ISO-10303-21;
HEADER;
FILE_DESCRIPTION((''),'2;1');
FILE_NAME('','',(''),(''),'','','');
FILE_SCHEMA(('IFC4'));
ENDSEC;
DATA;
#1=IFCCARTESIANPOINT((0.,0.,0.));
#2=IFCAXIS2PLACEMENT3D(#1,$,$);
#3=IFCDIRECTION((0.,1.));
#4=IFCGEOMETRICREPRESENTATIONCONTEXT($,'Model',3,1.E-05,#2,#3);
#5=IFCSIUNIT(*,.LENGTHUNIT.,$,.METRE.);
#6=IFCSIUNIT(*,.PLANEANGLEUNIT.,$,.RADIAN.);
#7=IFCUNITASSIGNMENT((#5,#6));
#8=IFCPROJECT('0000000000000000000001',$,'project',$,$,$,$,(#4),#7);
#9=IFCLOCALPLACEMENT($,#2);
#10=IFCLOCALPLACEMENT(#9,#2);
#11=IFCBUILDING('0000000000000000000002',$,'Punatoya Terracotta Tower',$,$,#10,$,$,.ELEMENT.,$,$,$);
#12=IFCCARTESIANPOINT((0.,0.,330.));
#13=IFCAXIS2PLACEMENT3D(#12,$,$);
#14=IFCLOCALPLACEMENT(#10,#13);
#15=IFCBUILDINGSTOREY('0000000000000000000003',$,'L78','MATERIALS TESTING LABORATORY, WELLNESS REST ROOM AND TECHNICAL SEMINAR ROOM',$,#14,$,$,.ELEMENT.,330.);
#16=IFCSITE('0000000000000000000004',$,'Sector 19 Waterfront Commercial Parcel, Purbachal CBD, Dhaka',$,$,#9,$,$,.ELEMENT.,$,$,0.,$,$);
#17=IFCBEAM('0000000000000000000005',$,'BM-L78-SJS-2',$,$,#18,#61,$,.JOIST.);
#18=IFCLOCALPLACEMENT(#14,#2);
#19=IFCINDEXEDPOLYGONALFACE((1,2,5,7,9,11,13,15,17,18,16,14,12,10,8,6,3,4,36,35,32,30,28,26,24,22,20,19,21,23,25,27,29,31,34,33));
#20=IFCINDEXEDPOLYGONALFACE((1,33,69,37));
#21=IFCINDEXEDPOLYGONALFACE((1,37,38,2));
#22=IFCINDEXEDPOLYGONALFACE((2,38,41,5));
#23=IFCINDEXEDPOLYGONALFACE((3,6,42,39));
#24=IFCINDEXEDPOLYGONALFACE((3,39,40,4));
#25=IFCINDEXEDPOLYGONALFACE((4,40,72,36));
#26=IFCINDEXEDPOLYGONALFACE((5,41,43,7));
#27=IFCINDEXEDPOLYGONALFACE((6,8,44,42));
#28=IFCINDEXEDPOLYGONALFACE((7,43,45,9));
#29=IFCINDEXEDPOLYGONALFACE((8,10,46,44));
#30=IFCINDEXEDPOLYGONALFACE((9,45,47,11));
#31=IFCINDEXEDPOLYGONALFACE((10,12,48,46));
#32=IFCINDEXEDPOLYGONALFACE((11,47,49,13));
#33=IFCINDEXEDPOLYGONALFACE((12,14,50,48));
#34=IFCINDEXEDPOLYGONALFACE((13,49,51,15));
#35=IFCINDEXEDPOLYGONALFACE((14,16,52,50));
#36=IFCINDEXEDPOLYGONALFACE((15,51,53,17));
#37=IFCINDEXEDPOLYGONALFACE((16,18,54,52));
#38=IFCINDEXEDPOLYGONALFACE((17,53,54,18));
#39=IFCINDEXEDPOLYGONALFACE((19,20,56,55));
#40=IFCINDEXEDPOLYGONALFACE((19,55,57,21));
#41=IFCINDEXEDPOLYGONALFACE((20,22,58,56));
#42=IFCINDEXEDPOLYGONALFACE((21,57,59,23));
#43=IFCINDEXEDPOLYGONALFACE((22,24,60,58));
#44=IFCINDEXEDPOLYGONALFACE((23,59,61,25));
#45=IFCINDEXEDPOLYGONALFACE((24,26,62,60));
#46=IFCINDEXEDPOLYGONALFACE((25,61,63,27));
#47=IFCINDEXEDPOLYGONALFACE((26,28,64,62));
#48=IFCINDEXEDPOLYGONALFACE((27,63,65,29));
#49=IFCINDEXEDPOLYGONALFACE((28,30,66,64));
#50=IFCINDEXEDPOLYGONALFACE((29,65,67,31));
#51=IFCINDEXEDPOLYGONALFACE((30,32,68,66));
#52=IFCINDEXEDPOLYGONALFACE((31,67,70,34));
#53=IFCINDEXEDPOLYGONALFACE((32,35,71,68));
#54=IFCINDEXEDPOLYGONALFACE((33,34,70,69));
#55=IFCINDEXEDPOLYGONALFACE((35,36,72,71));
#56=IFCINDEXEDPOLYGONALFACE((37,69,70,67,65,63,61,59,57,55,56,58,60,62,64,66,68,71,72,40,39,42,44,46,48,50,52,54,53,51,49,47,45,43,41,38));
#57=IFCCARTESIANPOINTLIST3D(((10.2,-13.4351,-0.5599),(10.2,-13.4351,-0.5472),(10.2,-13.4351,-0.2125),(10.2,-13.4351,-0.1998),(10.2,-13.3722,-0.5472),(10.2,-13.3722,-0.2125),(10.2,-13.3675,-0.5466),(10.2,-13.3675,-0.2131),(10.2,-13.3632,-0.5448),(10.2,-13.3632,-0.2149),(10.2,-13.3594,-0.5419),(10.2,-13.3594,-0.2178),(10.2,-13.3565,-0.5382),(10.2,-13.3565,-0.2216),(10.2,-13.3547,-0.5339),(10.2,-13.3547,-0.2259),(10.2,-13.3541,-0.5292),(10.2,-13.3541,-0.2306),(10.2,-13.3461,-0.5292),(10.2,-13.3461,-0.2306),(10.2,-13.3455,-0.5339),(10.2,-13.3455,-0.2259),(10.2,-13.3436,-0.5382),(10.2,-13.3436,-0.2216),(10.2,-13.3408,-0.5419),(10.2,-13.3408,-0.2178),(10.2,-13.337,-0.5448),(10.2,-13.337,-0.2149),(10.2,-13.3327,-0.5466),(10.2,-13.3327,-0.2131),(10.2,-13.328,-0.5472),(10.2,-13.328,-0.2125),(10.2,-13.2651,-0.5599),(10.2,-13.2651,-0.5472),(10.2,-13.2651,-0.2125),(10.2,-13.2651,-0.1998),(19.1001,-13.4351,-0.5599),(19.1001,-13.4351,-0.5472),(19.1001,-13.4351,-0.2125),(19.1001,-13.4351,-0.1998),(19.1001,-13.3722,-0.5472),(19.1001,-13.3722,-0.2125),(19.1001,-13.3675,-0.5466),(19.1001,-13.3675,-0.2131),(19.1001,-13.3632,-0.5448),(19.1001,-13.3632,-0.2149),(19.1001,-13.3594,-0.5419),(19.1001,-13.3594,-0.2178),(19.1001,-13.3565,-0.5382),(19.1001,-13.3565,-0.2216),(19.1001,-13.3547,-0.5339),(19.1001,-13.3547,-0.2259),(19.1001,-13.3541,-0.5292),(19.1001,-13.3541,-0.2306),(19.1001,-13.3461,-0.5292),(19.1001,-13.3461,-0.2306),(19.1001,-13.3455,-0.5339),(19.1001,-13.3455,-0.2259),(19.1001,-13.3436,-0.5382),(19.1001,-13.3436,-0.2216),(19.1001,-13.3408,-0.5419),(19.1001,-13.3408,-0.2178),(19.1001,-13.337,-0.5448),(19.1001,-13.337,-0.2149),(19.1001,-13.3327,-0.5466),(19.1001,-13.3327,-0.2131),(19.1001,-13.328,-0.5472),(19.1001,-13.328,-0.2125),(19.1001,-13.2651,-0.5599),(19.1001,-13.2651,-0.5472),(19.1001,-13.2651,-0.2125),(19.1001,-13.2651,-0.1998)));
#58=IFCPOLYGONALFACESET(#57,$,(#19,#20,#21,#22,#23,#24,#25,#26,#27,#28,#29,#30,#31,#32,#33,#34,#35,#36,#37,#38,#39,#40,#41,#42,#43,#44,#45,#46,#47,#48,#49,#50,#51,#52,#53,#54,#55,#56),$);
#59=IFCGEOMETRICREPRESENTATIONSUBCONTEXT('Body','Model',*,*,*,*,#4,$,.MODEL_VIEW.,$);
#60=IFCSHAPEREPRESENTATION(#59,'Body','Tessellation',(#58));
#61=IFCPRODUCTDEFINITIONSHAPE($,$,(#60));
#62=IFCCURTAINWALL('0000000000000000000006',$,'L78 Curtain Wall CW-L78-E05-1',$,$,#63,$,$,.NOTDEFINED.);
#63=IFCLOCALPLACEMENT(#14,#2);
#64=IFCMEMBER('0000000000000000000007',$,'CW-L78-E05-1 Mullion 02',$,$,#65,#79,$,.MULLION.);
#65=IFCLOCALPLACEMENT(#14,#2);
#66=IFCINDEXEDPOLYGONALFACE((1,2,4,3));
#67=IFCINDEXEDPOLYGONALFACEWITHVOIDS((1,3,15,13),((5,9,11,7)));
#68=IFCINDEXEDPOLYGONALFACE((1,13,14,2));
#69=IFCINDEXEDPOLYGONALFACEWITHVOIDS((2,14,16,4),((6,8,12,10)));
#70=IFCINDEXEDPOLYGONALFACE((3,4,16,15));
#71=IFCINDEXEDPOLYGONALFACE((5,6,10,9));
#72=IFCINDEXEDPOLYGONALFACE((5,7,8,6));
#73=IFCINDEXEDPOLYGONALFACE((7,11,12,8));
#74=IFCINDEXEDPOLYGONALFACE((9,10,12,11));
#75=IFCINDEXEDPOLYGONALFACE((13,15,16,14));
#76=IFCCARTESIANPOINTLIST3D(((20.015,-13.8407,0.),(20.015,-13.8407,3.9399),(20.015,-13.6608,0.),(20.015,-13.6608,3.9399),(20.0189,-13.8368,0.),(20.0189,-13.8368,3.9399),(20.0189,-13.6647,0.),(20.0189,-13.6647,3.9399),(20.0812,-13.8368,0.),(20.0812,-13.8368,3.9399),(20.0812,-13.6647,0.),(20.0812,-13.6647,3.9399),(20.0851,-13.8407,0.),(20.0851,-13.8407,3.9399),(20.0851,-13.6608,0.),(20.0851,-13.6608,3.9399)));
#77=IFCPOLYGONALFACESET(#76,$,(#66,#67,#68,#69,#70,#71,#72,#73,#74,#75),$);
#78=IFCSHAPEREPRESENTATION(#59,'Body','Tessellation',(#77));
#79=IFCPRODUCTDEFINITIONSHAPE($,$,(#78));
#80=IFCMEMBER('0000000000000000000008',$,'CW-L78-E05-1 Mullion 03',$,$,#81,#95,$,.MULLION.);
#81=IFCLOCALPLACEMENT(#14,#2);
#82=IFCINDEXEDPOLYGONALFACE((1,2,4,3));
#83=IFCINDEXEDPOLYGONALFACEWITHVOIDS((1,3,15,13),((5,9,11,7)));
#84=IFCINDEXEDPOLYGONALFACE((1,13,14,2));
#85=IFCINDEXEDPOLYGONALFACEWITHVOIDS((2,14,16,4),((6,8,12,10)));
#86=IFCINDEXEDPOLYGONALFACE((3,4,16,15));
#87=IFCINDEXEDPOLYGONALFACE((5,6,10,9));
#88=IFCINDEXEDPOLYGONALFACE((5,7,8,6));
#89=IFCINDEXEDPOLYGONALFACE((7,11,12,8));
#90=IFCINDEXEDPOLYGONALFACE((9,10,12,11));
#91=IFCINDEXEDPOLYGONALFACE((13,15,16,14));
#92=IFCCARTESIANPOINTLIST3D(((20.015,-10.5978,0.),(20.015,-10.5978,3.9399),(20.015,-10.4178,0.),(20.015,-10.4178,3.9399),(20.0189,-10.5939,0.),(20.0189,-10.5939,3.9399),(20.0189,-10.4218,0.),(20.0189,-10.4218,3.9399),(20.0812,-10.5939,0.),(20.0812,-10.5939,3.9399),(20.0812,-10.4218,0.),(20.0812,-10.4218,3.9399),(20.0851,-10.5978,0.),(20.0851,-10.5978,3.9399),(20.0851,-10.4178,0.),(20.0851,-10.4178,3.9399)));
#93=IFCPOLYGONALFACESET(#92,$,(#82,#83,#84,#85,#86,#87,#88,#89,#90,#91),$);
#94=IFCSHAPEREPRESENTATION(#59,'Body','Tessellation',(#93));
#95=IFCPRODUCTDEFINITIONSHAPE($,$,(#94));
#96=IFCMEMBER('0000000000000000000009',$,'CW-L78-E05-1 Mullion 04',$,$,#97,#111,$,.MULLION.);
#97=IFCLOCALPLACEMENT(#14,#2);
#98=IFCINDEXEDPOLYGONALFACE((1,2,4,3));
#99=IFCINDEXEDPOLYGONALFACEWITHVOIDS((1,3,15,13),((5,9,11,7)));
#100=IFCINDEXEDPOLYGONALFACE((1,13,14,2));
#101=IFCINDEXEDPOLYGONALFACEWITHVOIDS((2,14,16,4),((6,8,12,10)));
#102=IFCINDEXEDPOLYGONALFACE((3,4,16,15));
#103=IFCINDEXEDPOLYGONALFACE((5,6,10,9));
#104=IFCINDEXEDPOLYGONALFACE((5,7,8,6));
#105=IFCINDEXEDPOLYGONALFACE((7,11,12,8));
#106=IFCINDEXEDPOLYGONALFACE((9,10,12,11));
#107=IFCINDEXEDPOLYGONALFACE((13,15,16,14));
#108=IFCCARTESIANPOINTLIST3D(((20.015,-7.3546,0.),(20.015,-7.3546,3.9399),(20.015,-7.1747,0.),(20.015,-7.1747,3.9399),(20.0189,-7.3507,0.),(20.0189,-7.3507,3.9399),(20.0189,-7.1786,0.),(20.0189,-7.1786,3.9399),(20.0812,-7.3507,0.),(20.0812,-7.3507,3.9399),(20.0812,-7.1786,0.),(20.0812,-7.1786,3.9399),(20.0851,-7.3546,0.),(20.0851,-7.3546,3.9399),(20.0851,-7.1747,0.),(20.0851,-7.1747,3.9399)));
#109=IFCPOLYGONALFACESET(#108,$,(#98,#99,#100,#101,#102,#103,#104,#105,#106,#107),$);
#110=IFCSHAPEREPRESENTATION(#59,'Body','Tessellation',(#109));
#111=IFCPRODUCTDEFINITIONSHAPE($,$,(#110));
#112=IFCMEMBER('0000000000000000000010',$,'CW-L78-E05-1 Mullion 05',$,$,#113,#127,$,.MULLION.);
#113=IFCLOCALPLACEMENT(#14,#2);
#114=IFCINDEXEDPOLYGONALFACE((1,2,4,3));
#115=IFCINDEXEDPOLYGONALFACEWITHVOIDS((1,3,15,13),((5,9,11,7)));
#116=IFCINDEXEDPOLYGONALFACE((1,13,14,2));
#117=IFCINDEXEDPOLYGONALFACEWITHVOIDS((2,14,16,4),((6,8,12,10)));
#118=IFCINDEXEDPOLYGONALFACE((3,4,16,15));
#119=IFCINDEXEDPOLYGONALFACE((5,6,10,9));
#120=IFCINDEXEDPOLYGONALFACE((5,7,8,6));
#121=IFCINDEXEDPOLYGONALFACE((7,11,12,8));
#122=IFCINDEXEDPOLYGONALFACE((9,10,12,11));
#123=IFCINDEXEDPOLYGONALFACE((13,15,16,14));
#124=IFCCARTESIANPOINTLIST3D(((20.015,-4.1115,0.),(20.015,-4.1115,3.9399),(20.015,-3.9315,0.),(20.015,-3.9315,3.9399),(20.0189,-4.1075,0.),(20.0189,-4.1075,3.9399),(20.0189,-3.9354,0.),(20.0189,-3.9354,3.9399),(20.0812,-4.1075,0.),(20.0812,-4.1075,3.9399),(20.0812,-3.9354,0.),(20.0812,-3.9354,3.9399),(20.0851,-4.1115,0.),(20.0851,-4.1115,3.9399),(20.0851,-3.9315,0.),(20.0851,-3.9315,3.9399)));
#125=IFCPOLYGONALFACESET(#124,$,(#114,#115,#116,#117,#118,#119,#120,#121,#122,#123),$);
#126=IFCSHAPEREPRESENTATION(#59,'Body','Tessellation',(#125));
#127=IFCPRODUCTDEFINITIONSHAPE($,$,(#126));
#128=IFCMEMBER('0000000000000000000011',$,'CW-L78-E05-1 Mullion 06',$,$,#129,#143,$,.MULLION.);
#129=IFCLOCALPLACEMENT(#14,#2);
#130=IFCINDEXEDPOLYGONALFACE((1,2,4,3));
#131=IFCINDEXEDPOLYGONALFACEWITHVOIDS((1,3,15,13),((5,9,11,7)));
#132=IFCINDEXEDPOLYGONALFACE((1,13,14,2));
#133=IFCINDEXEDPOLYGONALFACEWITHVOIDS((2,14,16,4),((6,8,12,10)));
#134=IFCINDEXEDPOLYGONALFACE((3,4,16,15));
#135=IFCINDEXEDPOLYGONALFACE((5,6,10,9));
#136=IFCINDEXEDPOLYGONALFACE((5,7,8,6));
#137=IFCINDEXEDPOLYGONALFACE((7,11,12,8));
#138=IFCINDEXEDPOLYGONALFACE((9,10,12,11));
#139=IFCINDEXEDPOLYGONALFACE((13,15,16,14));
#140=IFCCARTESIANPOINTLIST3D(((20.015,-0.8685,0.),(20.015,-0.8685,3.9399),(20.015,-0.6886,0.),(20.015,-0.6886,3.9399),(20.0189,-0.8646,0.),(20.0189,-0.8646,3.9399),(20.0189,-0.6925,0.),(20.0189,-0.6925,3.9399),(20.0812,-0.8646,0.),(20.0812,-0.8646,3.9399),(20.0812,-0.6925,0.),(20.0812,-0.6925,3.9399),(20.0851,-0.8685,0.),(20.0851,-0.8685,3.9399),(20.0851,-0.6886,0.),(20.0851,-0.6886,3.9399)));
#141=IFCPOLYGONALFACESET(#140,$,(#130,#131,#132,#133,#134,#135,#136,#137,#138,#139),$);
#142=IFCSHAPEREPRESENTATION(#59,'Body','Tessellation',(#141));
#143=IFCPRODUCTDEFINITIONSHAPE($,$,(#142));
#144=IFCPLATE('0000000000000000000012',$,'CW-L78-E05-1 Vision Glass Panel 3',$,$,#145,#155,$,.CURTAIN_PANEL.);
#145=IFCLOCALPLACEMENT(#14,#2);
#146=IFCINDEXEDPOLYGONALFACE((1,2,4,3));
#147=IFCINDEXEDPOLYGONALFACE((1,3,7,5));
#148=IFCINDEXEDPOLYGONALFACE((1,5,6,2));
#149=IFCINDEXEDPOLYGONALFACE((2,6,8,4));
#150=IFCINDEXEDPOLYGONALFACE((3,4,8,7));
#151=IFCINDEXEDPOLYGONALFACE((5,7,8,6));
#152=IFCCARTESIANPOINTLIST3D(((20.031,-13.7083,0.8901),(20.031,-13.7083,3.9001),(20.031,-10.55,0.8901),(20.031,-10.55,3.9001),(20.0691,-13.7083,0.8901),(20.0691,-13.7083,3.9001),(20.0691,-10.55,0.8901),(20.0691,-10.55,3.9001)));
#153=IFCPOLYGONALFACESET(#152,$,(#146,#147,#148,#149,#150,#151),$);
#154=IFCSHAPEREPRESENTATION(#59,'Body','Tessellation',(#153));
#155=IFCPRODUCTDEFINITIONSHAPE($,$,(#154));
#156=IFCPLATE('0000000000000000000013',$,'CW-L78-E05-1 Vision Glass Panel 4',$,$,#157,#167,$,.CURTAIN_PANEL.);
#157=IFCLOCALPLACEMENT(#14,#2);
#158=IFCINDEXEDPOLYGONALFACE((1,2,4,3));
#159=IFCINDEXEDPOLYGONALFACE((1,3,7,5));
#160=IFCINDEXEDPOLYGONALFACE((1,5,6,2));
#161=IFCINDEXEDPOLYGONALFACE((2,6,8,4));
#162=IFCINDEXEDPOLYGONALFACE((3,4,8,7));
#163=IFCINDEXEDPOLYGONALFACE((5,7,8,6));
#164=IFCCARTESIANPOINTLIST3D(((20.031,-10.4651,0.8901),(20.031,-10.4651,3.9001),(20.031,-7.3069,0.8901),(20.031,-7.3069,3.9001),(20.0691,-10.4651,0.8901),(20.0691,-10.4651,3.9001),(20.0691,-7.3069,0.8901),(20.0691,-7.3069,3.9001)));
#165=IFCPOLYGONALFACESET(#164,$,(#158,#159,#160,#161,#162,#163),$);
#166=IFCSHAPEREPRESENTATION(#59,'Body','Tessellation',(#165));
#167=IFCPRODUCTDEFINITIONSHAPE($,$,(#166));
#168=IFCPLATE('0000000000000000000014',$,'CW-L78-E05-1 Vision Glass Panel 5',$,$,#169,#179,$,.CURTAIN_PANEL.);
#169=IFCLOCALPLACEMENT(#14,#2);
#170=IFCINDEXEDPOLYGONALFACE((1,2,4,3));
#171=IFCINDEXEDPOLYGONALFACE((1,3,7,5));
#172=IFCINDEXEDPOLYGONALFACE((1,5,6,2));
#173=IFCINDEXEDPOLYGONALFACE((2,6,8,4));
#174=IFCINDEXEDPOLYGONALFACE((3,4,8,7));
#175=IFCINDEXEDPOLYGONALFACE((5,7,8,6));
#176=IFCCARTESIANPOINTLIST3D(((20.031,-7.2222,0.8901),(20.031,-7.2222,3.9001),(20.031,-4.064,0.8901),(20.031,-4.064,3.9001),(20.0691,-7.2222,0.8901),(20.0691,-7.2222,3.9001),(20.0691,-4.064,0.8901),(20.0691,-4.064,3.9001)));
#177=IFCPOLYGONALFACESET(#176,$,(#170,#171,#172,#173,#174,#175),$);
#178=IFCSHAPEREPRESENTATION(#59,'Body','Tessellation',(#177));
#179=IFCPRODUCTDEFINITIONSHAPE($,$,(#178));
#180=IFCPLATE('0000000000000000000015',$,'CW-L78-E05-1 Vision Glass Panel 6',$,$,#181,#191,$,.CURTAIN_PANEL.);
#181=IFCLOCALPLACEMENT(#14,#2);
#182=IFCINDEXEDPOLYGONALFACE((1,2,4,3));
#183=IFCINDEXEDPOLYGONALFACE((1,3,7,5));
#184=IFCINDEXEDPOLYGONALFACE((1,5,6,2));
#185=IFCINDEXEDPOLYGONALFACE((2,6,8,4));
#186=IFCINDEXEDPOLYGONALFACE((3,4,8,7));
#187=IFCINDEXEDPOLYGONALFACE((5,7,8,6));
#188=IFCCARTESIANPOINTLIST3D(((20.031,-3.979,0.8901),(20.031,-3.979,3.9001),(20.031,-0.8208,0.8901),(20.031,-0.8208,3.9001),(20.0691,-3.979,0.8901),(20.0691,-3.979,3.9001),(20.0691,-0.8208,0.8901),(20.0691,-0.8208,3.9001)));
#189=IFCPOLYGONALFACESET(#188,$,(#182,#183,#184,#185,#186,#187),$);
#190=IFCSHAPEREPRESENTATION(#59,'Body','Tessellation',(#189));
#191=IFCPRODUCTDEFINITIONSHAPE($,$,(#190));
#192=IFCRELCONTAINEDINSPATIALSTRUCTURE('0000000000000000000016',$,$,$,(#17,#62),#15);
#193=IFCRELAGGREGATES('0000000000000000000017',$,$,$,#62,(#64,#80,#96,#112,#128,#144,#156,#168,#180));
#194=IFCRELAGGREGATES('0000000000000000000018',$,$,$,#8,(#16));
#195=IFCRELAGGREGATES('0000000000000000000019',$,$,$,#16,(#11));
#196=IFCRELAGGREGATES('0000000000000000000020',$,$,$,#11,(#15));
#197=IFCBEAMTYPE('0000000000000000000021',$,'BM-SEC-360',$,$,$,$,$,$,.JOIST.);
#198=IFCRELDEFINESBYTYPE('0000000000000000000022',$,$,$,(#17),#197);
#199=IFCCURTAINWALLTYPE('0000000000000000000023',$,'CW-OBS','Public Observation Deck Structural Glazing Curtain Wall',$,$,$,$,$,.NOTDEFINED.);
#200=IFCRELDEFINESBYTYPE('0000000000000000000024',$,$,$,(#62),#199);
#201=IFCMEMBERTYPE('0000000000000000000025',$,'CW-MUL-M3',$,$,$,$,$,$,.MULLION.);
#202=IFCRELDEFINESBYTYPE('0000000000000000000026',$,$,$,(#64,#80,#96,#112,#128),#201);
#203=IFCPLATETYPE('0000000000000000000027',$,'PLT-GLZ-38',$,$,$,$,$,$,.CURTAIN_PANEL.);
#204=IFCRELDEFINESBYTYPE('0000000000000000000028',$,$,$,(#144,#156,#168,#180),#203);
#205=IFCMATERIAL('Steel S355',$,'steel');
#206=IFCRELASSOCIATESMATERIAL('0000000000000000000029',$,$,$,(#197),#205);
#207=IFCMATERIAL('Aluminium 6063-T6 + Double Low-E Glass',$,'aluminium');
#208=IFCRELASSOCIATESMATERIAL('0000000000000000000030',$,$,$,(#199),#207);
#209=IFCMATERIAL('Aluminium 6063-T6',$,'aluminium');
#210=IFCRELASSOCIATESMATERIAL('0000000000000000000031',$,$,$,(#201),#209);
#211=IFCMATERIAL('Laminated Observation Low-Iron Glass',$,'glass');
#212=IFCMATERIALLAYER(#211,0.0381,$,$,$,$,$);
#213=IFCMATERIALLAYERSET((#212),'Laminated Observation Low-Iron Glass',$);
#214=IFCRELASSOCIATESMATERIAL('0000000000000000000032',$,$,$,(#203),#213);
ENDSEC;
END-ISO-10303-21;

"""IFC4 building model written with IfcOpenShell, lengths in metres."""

from ifc_helpers import new_model, si_unit, direction, frame, origin, origin_2d, place, context, subcontext, project, spatial, rectangle, hollow_rectangle, i_section, extrude, material, layer, layer_set, material_profile, profile_set, type_object, element, aggregate, save


model = new_model("IFC4")

# Units and contexts
model_context = context("Model", 3, precision=1e-05, world=origin(), true_north=direction((0.0, 1.0)))
body_context = subcontext(model_context, "Body", "Model", "MODEL_VIEW")
ifc_project = project(units=[si_unit("LENGTHUNIT", "METRE"), si_unit("PLANEANGLEUNIT", "RADIAN")], contexts=[model_context])

# Site, building, storey
site_placement = place(None, origin())
site = spatial("IfcSite", under=ifc_project, at=site_placement, Name="Sector 19 Waterfront Commercial Parcel, Purbachal CBD, Dhaka", CompositionType="ELEMENT", RefElevation=0.0)
building_placement = place(site_placement, origin())
building = spatial("IfcBuilding", under=site, at=building_placement, Name="Punatoya Terracotta Tower", CompositionType="ELEMENT")
storey_placement = place(building_placement, frame((0.0, 0.0, 330.0)))
storey = spatial("IfcBuildingStorey", under=building, at=storey_placement, Name="L78", Description="MATERIALS TESTING LABORATORY, WELLNESS REST ROOM AND TECHNICAL SEMINAR ROOM", CompositionType="ELEMENT", Elevation=330.0)

# Beam
ifc_material_1 = material(Name="Steel S355", Category="steel")
ifc_material_profile_1 = material_profile(ifc_material_1, i_section(OverallWidth=0.1699, OverallDepth=0.3601, WebThickness=0.0081, FlangeThickness=0.0127, FilletRadius=0.0181, at=origin_2d()))
ifc_profile_set_1 = profile_set([ifc_material_profile_1], Name="Steel S355")
beam_type_1 = type_object("IfcBeamType", Name="BM-SEC-360", PredefinedType="JOIST", material=ifc_profile_set_1)
beam_1_placement = place(storey_placement, frame((10.2, -13.3501, -0.3799), z_axis=(1.0, 0.0, 0.0), x_axis=(0.0, 1.0, 0.0)))
element("IfcBeam", 1, at=beam_1_placement, inside=storey, type_object=beam_type_1, Name="BM-L78-SJS-2", PredefinedType="JOIST", context=body_context, shape_type="SweptSolid", body=[
    extrude(i_section(OverallWidth=0.1699, OverallDepth=0.3601, WebThickness=0.0081, FlangeThickness=0.0127, FilletRadius=0.0181, at=origin_2d()), origin(), (0.0, 0.0, 1.0), 8.9001),
])

# Curtain wall, members, plates
ifc_material_2 = material(Name="Aluminium 6063-T6 + Double Low-E Glass", Category="aluminium")
curtain_wall_type = type_object("IfcCurtainWallType", Name="CW-OBS", Description="Public Observation Deck Structural Glazing Curtain Wall", PredefinedType="NOTDEFINED", material=ifc_material_2)
curtain_wall_placement = place(storey_placement, origin())
curtain_wall = element("IfcCurtainWall", 2, at=curtain_wall_placement, inside=storey, type_object=curtain_wall_type, Name="L78 Curtain Wall CW-L78-E05-1", PredefinedType="NOTDEFINED")
ifc_material_3 = material(Name="Aluminium 6063-T6", Category="aluminium")
ifc_material_profile_2 = material_profile(ifc_material_3, hollow_rectangle(XDim=0.0701, YDim=0.1799, WallThickness=0.0039, at=origin_2d()))
ifc_profile_set_2 = profile_set([ifc_material_profile_2], Name="Aluminium 6063-T6")
member_type = type_object("IfcMemberType", Name="CW-MUL-M3", PredefinedType="MULLION", material=ifc_profile_set_2)
member_1_placement = place(storey_placement, frame((20.05, -13.7507, 0.0), z_axis=(0.0, 0.0, 1.0), x_axis=(1.0, 0.0, 0.0)))
member_1 = element("IfcMember", 3, at=member_1_placement, type_object=member_type, Name="CW-L78-E05-1 Mullion 02", PredefinedType="MULLION", context=body_context, shape_type="SweptSolid", body=[
    extrude(hollow_rectangle(XDim=0.0701, YDim=0.1799, WallThickness=0.0039, at=origin_2d()), origin(), (0.0, 0.0, 1.0), 3.9399),
])
member_2_placement = place(storey_placement, frame((20.05, -10.5078, 0.0), z_axis=(0.0, 0.0, 1.0), x_axis=(1.0, 0.0, 0.0)))
member_2 = element("IfcMember", 4, at=member_2_placement, type_object=member_type, Name="CW-L78-E05-1 Mullion 03", PredefinedType="MULLION", context=body_context, shape_type="SweptSolid", body=[
    extrude(hollow_rectangle(XDim=0.0701, YDim=0.1799, WallThickness=0.0039, at=origin_2d()), origin(), (0.0, 0.0, 1.0), 3.9399),
])
member_3_placement = place(storey_placement, frame((20.05, -7.2646, 0.0), z_axis=(0.0, 0.0, 1.0), x_axis=(1.0, 0.0, 0.0)))
member_3 = element("IfcMember", 5, at=member_3_placement, type_object=member_type, Name="CW-L78-E05-1 Mullion 04", PredefinedType="MULLION", context=body_context, shape_type="SweptSolid", body=[
    extrude(hollow_rectangle(XDim=0.0701, YDim=0.1799, WallThickness=0.0039, at=origin_2d()), origin(), (0.0, 0.0, 1.0), 3.9399),
])
member_4_placement = place(storey_placement, frame((20.05, -4.0215, 0.0), z_axis=(0.0, 0.0, 1.0), x_axis=(1.0, 0.0, 0.0)))
member_4 = element("IfcMember", 6, at=member_4_placement, type_object=member_type, Name="CW-L78-E05-1 Mullion 05", PredefinedType="MULLION", context=body_context, shape_type="SweptSolid", body=[
    extrude(hollow_rectangle(XDim=0.0701, YDim=0.1799, WallThickness=0.0039, at=origin_2d()), origin(), (0.0, 0.0, 1.0), 3.9399),
])
member_5_placement = place(storey_placement, frame((20.05, -0.7786, 0.0), z_axis=(0.0, 0.0, 1.0), x_axis=(1.0, 0.0, 0.0)))
member_5 = element("IfcMember", 7, at=member_5_placement, type_object=member_type, Name="CW-L78-E05-1 Mullion 06", PredefinedType="MULLION", context=body_context, shape_type="SweptSolid", body=[
    extrude(hollow_rectangle(XDim=0.0701, YDim=0.1799, WallThickness=0.0039, at=origin_2d()), origin(), (0.0, 0.0, 1.0), 3.9399),
])
ifc_material_4 = material(Name="Laminated Observation Low-Iron Glass", Category="glass")
ifc_layer_1 = layer(ifc_material_4, 0.0381)
ifc_layer_set_1 = layer_set([ifc_layer_1], Name="Laminated Observation Low-Iron Glass")
plate_type_1 = type_object("IfcPlateType", Name="PLT-GLZ-38", PredefinedType="CURTAIN_PANEL", material=ifc_layer_set_1)
plate_1_placement = place(storey_placement, frame((20.05, -12.1292, 0.8901), z_axis=(0.0, 0.0, 1.0), x_axis=(0.0, 1.0, 0.0)))
plate_1 = element("IfcPlate", 8, at=plate_1_placement, type_object=plate_type_1, Name="CW-L78-E05-1 Vision Glass Panel 3", PredefinedType="CURTAIN_PANEL", context=body_context, shape_type="SweptSolid", body=[
    extrude(rectangle(XDim=3.1582, YDim=0.0381, at=origin_2d()), origin(), (0.0, 0.0, 1.0), 3.01),
])
plate_2_placement = place(storey_placement, frame((20.05, -8.886, 0.8901), z_axis=(0.0, 0.0, 1.0), x_axis=(0.0, 1.0, 0.0)))
plate_2 = element("IfcPlate", 9, at=plate_2_placement, type_object=plate_type_1, Name="CW-L78-E05-1 Vision Glass Panel 4", PredefinedType="CURTAIN_PANEL", context=body_context, shape_type="SweptSolid", body=[
    extrude(rectangle(XDim=3.1582, YDim=0.0381, at=origin_2d()), origin(), (0.0, 0.0, 1.0), 3.01),
])
plate_3_placement = place(storey_placement, frame((20.05, -5.6431, 0.8901), z_axis=(0.0, 0.0, 1.0), x_axis=(0.0, 1.0, 0.0)))
plate_3 = element("IfcPlate", 10, at=plate_3_placement, type_object=plate_type_1, Name="CW-L78-E05-1 Vision Glass Panel 5", PredefinedType="CURTAIN_PANEL", context=body_context, shape_type="SweptSolid", body=[
    extrude(rectangle(XDim=3.1582, YDim=0.0381, at=origin_2d()), origin(), (0.0, 0.0, 1.0), 3.01),
])
plate_4_placement = place(storey_placement, frame((20.05, -2.3999, 0.8901), z_axis=(0.0, 0.0, 1.0), x_axis=(0.0, 1.0, 0.0)))
plate_4 = element("IfcPlate", 11, at=plate_4_placement, type_object=plate_type_1, Name="CW-L78-E05-1 Vision Glass Panel 6", PredefinedType="CURTAIN_PANEL", context=body_context, shape_type="SweptSolid", body=[
    extrude(rectangle(XDim=3.1582, YDim=0.0381, at=origin_2d()), origin(), (0.0, 0.0, 1.0), 3.01),
])
aggregate(curtain_wall, [member_1, member_2, member_3, member_4, member_5, plate_1, plate_2, plate_3, plate_4])

save(model, "model.ifc")
